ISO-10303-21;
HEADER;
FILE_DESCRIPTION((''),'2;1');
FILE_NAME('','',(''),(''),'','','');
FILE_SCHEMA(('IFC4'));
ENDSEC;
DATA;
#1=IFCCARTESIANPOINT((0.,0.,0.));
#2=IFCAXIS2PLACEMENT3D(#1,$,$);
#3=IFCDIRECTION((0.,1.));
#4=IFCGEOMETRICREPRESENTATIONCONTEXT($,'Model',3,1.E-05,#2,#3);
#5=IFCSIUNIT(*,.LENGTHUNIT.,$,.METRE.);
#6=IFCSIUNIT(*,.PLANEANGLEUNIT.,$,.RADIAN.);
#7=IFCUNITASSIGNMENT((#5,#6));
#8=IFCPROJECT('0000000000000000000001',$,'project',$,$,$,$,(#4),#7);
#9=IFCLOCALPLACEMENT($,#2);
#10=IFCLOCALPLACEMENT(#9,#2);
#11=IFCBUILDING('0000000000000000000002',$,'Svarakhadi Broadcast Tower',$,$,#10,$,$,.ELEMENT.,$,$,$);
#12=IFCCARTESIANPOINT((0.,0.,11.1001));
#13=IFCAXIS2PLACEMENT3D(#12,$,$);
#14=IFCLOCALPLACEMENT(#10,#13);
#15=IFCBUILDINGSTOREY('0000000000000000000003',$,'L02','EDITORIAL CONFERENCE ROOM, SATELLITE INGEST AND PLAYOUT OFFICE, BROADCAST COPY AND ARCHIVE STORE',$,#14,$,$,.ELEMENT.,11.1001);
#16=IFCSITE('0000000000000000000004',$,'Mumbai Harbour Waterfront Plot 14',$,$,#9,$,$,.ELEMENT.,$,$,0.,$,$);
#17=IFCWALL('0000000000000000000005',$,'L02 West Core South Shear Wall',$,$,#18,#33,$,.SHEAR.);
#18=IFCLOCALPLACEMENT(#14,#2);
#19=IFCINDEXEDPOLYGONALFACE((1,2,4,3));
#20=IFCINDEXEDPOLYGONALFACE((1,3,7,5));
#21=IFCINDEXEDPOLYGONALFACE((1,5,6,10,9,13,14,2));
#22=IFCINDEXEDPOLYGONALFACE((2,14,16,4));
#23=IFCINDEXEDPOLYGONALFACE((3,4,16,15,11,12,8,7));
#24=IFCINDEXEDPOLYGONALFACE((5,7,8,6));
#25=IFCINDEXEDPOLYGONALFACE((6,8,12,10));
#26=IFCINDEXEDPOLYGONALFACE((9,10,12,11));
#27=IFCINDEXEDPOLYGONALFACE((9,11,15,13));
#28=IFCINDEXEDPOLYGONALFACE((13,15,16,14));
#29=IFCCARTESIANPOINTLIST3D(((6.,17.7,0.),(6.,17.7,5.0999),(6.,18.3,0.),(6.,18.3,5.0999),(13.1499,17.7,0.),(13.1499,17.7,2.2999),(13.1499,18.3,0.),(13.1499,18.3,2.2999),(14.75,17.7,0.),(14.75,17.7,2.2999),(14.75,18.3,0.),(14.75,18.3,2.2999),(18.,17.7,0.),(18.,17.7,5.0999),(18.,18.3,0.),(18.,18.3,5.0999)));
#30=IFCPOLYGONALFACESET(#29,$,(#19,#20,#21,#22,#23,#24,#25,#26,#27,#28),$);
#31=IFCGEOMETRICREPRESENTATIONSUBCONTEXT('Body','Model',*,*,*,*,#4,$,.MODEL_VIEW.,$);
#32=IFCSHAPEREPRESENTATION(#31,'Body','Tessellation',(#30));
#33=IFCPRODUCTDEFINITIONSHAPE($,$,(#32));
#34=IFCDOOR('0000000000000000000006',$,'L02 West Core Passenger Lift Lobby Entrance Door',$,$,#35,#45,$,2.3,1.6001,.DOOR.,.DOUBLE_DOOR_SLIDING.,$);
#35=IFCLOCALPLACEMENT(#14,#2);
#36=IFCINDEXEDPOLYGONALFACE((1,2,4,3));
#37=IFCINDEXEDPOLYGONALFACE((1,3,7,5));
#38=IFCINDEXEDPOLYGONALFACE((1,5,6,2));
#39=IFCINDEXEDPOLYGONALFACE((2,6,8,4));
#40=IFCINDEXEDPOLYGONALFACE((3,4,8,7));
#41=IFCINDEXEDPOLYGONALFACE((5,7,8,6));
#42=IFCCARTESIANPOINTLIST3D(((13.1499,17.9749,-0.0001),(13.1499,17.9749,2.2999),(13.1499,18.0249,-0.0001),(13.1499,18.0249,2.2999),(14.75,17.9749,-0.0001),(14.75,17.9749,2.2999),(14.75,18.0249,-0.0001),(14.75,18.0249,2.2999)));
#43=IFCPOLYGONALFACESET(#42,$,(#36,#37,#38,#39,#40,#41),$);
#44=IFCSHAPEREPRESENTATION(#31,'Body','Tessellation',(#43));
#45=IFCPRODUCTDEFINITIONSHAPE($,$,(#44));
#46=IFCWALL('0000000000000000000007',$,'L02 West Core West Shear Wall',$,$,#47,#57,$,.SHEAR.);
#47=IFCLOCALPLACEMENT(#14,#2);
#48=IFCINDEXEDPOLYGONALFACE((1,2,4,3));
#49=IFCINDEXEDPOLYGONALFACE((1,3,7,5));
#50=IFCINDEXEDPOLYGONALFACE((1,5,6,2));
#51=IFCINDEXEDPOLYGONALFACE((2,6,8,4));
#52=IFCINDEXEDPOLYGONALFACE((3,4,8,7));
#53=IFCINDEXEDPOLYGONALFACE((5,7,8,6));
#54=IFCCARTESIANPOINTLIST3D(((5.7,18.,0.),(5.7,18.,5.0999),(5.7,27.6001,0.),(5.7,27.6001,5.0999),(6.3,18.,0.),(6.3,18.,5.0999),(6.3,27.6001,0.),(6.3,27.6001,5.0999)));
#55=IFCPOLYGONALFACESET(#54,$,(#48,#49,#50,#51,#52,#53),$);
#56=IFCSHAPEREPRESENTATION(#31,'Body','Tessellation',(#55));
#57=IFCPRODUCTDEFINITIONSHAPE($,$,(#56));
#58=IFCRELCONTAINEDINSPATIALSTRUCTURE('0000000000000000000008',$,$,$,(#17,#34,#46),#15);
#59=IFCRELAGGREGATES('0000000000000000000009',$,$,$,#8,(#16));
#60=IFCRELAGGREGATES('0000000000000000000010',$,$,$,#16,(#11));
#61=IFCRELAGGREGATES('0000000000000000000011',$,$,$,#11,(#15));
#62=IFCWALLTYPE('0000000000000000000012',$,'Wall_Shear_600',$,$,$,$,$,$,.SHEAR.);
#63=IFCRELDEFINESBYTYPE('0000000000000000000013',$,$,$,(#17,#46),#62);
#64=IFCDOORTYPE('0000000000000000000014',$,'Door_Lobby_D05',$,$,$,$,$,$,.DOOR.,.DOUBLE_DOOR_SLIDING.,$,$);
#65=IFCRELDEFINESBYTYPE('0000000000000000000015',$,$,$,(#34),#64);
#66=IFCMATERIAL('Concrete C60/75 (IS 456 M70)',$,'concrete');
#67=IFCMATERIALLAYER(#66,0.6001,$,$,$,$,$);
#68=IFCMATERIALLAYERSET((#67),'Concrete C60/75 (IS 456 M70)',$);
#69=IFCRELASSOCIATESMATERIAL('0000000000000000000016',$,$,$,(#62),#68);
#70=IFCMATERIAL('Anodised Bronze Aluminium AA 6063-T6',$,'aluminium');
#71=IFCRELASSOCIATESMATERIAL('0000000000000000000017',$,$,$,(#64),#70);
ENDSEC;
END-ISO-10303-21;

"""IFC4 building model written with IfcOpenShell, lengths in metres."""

from ifc_helpers import new_model, si_unit, direction, frame, frame_2d, origin, place, context, subcontext, project, spatial, rectangle, extrude, material, layer, layer_set, type_object, element, fill, save


model = new_model("IFC4")

# Units and contexts
model_context = context("Model", 3, precision=1e-05, world=origin(), true_north=direction((0.0, 1.0)))
body_context = subcontext(model_context, "Body", "Model", "MODEL_VIEW")
ifc_project = project(units=[si_unit("LENGTHUNIT", "METRE"), si_unit("PLANEANGLEUNIT", "RADIAN")], contexts=[model_context])

# Site, building, storey
site_placement = place(None, origin())
site = spatial("IfcSite", under=ifc_project, at=site_placement, Name="Mumbai Harbour Waterfront Plot 14", CompositionType="ELEMENT", RefElevation=0.0)
building_placement = place(site_placement, origin())
building = spatial("IfcBuilding", under=site, at=building_placement, Name="Svarakhadi Broadcast Tower", CompositionType="ELEMENT")
storey_placement = place(building_placement, frame((0.0, 0.0, 11.1001)))
storey = spatial("IfcBuildingStorey", under=building, at=storey_placement, Name="L02", Description="EDITORIAL CONFERENCE ROOM, SATELLITE INGEST AND PLAYOUT OFFICE, BROADCAST COPY AND ARCHIVE STORE", CompositionType="ELEMENT", Elevation=11.1001)

# Shared definitions
ifc_material_1 = material(Name="Concrete C60/75 (IS 456 M70)", Category="concrete")

# Shared definitions
ifc_material_2 = material(Name="Anodised Bronze Aluminium AA 6063-T6", Category="aluminium")

# Wall, opening, door
ifc_layer_1 = layer(ifc_material_1, 0.6001)
ifc_layer_set_1 = layer_set([ifc_layer_1], Name="Concrete C60/75 (IS 456 M70)")
wall_type_1 = type_object("IfcWallType", Name="Wall_Shear_600", PredefinedType="SHEAR", material=ifc_layer_set_1)
wall_1_placement = place(storey_placement, frame((6.0, 18.0, 0.0), z_axis=(0.0, 0.0, 1.0), x_axis=(1.0, 0.0, 0.0)))
wall_1 = element("IfcWall", 1, at=wall_1_placement, inside=storey, type_object=wall_type_1, Name="L02 West Core South Shear Wall", PredefinedType="SHEAR", context=body_context, shape_type="SweptSolid", body=[
    extrude(rectangle(XDim=12.0, YDim=0.6001, at=frame_2d((6.0, 0.0))), origin(), (0.0, 0.0, 1.0), 5.0999),
])
opening_1_placement = place(wall_1_placement, frame((7.1499, 0.0, 0.0)))
opening_1 = element("IfcOpeningElement", 2, at=opening_1_placement, cuts=wall_1, PredefinedType="OPENING", context=body_context, shape_type="SweptSolid", body=[
    extrude(rectangle(XDim=1.6001, YDim=2.3, at=frame_2d((0.8, 1.1499))), frame((0.0, 0.3101, 0.0), z_axis=(0.0, -1.0, 0.0), x_axis=(1.0, 0.0, 0.0)), (0.0, 0.0, 1.0), 0.6201),
])
door_type_1 = type_object("IfcDoorType", Name="Door_Lobby_D05", OperationType="DOUBLE_DOOR_SLIDING", PredefinedType="DOOR", material=ifc_material_2)
door_1_placement = place(opening_1_placement, origin())
door_1 = element("IfcDoor", 3, at=door_1_placement, inside=storey, type_object=door_type_1, Name="L02 West Core Passenger Lift Lobby Entrance Door", OperationType="DOUBLE_DOOR_SLIDING", OverallHeight=2.3, OverallWidth=1.6001, PredefinedType="DOOR", context=body_context, shape_type="SweptSolid", body=[
    extrude(rectangle(XDim=1.6001, YDim=2.3, at=frame_2d((0.8, 1.1499))), frame((0.0, 0.0249, 0.0), z_axis=(0.0, -1.0, 0.0), x_axis=(1.0, 0.0, 0.0)), (0.0, 0.0, 1.0), 0.05),
])
fill(opening_1, door_1)

# Wall
wall_2_placement = place(storey_placement, frame((6.0, 18.0, 0.0), z_axis=(0.0, 0.0, 1.0), x_axis=(0.0, 1.0, 0.0)))
element("IfcWall", 4, at=wall_2_placement, inside=storey, type_object=wall_type_1, Name="L02 West Core West Shear Wall", PredefinedType="SHEAR", context=body_context, shape_type="SweptSolid", body=[
    extrude(rectangle(XDim=9.6001, YDim=0.6001, at=frame_2d((4.8, 0.0))), origin(), (0.0, 0.0, 1.0), 5.0999),
])

save(model, "model.ifc")
